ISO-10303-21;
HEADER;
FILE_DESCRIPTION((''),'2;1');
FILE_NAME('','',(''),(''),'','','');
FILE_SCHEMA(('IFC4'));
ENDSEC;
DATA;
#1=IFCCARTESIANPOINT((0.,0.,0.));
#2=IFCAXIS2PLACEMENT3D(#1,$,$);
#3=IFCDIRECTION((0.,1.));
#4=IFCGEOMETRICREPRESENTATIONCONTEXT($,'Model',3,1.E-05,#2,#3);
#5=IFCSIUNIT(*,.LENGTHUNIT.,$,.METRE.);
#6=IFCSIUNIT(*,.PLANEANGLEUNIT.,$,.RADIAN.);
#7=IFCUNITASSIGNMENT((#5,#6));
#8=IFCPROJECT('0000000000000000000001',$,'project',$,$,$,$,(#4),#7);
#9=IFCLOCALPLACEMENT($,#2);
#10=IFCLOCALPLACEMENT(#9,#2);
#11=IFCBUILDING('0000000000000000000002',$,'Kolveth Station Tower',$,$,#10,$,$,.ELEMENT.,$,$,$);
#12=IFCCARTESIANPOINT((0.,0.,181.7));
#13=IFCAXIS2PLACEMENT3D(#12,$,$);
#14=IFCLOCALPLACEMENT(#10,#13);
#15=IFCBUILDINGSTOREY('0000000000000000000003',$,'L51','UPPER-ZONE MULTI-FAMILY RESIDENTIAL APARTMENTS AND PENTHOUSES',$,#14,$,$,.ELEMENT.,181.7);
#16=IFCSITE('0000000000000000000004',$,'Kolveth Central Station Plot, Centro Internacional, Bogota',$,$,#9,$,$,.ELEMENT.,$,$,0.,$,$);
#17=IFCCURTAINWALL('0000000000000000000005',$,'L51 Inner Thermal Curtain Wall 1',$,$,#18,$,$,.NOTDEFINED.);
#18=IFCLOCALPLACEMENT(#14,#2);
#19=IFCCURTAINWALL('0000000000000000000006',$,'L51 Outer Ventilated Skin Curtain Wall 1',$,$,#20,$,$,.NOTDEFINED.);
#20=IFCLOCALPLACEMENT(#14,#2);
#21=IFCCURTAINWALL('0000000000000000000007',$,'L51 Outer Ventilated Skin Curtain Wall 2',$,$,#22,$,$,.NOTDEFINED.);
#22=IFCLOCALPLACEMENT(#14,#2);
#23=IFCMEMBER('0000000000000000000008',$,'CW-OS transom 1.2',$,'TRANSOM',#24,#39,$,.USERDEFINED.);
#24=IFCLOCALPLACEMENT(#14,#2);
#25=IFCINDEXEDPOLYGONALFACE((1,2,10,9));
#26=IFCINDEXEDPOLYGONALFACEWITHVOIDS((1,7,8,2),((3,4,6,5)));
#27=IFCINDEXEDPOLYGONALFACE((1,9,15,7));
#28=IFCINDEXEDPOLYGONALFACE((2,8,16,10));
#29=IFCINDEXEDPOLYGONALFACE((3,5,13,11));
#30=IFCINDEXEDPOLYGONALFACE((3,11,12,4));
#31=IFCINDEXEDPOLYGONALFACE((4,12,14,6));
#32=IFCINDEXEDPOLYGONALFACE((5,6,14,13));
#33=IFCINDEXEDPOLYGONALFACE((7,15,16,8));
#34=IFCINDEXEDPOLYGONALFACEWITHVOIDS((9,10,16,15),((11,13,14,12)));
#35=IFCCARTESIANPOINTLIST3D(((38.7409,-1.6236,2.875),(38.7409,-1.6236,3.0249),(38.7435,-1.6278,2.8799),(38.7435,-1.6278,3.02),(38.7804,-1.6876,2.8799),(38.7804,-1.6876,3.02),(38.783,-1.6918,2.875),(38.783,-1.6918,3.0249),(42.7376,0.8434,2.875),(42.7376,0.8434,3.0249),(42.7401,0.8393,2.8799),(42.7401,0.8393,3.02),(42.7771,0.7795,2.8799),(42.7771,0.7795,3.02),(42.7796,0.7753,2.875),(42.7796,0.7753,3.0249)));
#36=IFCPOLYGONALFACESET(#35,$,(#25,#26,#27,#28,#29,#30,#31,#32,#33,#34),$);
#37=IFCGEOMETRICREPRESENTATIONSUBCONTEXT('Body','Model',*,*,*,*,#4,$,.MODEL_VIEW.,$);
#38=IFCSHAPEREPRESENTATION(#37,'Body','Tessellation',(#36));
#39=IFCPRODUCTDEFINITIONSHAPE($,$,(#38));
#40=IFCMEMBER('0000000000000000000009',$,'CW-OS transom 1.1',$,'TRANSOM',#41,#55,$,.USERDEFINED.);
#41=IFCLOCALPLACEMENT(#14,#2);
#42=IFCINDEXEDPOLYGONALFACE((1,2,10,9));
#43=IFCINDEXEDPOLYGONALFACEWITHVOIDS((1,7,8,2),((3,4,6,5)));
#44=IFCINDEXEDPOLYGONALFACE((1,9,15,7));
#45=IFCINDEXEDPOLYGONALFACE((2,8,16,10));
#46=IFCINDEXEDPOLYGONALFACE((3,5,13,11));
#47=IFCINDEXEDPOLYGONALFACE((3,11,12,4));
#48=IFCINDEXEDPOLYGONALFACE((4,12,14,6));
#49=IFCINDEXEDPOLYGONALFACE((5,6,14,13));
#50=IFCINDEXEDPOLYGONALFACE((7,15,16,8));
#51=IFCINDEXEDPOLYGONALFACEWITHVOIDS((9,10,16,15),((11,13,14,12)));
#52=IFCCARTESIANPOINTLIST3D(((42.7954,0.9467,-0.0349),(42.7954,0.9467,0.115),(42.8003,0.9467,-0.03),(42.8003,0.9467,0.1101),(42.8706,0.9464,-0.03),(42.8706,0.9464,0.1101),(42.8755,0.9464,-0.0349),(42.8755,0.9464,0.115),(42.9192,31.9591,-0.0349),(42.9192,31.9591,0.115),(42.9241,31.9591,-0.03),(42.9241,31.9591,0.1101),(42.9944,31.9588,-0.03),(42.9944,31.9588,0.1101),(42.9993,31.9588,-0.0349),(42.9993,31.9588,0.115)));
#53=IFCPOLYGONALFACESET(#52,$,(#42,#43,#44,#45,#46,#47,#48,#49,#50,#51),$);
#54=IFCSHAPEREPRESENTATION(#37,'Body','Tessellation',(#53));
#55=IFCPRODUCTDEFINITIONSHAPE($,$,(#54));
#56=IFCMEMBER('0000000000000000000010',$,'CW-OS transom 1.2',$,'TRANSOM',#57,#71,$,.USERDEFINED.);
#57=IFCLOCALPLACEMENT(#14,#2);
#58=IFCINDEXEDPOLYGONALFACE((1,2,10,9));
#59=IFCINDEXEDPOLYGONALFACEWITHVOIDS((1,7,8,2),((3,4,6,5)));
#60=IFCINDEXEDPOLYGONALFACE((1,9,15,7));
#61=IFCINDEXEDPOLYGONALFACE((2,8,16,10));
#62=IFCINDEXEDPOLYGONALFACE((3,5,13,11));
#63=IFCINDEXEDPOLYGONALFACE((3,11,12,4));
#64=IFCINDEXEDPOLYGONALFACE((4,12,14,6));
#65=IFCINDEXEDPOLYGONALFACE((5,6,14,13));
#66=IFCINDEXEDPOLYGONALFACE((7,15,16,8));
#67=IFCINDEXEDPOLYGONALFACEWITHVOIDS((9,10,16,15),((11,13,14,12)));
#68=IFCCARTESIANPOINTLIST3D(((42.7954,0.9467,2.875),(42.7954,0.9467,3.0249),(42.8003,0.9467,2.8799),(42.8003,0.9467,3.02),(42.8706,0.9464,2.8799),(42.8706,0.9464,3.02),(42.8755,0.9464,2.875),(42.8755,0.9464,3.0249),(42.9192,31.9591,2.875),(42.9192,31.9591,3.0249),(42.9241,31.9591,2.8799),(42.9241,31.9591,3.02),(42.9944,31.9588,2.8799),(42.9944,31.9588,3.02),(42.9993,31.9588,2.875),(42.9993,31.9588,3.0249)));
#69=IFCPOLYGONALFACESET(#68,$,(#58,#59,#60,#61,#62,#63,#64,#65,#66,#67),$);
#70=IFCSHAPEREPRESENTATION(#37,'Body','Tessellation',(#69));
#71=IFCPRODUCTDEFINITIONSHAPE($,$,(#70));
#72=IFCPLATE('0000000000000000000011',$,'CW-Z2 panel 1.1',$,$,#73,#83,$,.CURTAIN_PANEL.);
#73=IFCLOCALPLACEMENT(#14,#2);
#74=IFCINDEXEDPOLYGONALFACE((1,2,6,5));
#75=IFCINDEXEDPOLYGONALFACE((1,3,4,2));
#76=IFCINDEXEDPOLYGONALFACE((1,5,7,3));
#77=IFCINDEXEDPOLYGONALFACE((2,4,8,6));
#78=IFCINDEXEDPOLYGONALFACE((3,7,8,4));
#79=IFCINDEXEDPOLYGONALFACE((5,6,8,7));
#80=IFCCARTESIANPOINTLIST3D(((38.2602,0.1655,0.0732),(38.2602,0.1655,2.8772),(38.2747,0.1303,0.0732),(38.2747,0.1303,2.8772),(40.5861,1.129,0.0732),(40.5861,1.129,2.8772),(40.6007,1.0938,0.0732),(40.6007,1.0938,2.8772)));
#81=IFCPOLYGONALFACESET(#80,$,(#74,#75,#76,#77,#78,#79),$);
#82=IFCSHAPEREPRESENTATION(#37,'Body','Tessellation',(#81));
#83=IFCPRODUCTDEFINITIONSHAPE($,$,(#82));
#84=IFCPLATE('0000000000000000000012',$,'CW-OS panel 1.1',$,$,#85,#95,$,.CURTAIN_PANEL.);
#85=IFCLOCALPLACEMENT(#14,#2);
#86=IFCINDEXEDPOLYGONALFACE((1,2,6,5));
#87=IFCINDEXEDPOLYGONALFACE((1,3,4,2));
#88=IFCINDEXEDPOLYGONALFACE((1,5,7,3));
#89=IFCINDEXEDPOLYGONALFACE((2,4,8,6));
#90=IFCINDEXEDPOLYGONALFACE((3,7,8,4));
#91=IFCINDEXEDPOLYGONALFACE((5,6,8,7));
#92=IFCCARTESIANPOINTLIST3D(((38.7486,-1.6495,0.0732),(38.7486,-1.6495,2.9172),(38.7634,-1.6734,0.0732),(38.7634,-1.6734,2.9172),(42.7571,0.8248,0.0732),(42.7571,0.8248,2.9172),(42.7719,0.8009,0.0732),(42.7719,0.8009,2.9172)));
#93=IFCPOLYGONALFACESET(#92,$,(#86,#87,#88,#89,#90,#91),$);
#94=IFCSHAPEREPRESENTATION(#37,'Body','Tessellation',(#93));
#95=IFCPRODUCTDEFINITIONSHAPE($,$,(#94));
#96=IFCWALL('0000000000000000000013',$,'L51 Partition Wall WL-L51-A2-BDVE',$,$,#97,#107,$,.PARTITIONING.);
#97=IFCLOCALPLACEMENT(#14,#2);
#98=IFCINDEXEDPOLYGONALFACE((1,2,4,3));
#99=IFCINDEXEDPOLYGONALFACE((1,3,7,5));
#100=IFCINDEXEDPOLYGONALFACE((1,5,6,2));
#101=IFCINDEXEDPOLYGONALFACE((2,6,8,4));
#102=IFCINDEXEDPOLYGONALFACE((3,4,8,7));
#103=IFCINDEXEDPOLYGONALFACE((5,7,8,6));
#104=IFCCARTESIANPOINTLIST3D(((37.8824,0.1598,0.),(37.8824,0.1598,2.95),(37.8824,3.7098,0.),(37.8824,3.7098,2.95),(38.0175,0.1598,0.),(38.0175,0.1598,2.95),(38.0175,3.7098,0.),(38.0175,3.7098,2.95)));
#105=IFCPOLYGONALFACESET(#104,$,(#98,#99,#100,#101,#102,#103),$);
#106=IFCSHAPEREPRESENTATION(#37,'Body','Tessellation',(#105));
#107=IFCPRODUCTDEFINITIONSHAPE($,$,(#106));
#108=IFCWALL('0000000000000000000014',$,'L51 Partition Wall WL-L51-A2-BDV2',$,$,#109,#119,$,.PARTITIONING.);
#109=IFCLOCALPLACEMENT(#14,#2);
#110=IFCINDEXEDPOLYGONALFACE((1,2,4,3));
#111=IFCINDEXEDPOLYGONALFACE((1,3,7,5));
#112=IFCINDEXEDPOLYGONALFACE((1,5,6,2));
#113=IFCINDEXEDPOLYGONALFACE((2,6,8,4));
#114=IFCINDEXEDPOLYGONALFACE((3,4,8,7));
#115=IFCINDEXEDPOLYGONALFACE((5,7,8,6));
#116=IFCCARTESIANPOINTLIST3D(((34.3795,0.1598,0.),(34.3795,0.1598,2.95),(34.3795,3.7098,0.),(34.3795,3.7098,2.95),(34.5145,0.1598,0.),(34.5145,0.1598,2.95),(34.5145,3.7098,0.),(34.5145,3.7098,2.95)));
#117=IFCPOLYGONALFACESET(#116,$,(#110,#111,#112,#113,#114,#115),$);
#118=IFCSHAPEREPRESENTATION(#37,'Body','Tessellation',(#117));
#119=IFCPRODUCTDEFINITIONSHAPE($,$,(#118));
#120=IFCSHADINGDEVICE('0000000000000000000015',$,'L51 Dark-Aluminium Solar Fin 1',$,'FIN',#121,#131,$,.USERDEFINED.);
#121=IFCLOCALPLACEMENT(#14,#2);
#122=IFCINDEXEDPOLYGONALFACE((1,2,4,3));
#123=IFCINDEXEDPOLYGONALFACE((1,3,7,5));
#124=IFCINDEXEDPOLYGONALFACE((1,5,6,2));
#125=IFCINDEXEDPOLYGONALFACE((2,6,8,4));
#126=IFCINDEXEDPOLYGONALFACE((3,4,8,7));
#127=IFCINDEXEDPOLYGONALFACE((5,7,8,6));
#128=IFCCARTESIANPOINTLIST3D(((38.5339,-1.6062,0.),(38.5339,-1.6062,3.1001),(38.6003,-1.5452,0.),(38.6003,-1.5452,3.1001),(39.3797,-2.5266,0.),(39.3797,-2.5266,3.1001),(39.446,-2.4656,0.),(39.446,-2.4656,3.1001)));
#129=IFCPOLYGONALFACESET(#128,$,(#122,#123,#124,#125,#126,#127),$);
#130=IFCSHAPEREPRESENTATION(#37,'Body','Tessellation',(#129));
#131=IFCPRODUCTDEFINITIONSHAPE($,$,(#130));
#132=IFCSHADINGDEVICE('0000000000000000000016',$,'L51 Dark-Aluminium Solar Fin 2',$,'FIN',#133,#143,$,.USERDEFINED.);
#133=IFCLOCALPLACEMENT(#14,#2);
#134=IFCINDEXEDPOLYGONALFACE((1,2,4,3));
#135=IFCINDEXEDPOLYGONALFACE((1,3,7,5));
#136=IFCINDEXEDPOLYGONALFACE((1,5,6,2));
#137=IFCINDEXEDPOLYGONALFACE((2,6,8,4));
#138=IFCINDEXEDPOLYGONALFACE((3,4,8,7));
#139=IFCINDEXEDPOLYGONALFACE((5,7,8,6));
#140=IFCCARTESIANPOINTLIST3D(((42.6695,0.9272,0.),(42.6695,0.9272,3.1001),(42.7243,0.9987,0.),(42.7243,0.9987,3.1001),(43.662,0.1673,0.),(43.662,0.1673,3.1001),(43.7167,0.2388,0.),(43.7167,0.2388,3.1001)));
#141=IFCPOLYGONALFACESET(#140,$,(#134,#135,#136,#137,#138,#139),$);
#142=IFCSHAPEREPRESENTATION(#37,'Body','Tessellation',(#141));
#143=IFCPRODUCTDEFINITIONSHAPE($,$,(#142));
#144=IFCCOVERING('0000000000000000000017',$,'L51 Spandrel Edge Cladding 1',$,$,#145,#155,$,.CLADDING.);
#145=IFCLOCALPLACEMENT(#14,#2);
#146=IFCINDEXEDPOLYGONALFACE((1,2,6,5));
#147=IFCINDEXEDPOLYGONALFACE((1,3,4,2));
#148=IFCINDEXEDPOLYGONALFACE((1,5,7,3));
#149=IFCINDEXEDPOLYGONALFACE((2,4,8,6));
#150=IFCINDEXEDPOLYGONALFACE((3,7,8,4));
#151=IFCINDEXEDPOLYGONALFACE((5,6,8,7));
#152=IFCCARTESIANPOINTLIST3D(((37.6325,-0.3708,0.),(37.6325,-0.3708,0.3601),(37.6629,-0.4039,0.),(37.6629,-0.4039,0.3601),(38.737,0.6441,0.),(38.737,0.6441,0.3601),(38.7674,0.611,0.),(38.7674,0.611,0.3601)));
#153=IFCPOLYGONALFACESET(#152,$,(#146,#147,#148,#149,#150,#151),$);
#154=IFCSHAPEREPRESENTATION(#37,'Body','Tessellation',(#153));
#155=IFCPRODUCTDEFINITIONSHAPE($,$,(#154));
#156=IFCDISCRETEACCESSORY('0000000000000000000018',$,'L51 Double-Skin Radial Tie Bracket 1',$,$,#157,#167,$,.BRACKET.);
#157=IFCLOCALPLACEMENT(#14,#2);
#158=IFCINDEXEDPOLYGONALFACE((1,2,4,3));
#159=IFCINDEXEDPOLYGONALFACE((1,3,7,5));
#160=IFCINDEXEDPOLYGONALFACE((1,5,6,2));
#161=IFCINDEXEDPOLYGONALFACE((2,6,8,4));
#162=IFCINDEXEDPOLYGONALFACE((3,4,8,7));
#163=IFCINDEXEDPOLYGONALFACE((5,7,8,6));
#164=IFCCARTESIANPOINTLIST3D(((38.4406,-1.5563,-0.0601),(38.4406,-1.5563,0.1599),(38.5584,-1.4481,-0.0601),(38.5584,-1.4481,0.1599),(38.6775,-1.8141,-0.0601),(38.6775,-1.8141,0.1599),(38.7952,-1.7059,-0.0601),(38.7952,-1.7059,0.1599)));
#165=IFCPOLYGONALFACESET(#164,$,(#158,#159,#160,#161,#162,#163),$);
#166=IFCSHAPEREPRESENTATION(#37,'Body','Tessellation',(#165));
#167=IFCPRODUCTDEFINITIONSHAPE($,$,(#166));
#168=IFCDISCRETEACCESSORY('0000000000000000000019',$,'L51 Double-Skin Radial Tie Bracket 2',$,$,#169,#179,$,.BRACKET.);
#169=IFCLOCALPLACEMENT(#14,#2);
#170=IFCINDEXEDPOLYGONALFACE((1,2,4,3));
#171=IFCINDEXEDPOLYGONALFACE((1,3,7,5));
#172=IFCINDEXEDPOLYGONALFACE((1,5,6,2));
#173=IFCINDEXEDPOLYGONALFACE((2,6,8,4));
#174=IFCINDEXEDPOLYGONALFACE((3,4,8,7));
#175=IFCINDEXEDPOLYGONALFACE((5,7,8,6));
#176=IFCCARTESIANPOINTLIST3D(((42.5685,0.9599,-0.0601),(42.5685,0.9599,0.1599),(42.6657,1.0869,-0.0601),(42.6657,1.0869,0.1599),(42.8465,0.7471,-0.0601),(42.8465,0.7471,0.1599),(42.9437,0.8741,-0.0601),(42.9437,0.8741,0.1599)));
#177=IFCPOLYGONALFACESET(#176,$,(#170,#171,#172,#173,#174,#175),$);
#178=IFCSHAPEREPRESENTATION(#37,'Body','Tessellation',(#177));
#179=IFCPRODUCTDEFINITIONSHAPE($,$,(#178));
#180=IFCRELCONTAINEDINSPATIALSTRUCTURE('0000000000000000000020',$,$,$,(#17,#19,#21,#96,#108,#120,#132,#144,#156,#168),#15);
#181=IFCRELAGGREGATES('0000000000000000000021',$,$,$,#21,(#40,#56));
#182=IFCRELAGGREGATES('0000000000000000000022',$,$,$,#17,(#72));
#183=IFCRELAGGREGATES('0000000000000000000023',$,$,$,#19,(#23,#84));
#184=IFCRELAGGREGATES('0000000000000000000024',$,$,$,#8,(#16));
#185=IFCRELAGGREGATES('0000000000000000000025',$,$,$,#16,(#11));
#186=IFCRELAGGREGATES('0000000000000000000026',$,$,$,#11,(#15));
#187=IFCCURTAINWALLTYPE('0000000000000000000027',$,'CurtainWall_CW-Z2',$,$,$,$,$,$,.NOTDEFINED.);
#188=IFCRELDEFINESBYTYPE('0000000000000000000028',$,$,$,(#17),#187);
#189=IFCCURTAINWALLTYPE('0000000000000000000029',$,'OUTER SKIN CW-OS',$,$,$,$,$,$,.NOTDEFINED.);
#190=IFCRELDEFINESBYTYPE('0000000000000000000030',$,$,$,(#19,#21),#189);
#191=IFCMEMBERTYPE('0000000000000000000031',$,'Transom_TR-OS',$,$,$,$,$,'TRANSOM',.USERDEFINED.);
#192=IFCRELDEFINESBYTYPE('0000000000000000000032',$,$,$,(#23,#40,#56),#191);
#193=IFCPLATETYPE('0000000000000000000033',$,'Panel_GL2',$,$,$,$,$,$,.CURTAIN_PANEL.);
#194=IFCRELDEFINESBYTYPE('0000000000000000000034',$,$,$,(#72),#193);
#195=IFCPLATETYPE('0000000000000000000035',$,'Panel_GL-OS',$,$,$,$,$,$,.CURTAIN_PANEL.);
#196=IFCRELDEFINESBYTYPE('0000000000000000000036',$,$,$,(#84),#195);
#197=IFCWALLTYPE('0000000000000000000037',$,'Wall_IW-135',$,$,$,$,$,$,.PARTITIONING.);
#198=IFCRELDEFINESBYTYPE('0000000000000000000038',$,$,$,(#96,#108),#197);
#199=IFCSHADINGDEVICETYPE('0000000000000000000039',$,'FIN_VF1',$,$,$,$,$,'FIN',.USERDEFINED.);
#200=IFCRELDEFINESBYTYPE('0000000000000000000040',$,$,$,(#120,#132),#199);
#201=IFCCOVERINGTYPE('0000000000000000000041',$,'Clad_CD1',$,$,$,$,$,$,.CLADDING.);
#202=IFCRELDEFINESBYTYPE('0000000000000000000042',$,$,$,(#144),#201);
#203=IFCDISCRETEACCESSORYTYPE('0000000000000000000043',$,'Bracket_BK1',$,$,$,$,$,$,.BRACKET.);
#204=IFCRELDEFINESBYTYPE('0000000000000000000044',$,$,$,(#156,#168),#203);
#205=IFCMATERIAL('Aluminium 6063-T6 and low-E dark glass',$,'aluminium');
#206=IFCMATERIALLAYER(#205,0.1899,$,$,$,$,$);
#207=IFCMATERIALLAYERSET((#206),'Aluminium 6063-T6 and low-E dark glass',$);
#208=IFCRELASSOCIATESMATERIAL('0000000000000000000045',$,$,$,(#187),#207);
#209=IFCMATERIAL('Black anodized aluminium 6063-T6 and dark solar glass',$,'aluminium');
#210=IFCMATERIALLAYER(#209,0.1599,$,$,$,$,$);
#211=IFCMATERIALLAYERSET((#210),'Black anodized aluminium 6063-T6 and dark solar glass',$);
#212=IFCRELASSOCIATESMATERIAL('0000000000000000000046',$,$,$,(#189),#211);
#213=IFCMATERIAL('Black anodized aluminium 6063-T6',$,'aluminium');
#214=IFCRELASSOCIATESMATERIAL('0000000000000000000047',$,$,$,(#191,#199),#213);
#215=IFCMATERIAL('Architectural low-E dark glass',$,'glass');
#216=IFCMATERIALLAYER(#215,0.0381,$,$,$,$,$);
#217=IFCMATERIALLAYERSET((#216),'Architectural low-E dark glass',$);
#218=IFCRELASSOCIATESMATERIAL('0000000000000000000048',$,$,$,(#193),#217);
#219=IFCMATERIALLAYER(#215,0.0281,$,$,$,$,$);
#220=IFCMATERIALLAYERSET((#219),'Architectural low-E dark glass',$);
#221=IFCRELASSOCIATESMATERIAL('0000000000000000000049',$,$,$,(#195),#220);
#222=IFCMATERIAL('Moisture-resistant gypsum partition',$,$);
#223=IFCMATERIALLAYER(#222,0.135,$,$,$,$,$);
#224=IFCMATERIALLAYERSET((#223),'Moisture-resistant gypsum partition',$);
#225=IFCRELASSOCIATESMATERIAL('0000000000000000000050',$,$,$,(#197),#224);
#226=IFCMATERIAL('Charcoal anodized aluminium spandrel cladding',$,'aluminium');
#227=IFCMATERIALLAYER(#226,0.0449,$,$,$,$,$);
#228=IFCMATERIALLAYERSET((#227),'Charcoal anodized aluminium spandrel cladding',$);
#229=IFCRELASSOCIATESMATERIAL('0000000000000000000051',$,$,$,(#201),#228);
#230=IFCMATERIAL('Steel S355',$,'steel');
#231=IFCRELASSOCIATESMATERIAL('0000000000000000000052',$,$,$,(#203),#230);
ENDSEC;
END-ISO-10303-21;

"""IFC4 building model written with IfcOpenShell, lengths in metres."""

from ifc_helpers import new_model, si_unit, direction, frame, frame_2d, origin, origin_2d, place, context, subcontext, project, spatial, rectangle, hollow_rectangle, extrude, source, transform, mapped, material, layer, layer_set, material_profile, profile_set, type_object, element, aggregate, save


model = new_model("IFC4")

# Units and contexts
model_context = context("Model", 3, precision=1e-05, world=origin(), true_north=direction((0.0, 1.0)))
body_context = subcontext(model_context, "Body", "Model", "MODEL_VIEW")
ifc_project = project(units=[si_unit("LENGTHUNIT", "METRE"), si_unit("PLANEANGLEUNIT", "RADIAN")], contexts=[model_context])

# Site, building, storey
site_placement = place(None, origin())
site = spatial("IfcSite", under=ifc_project, at=site_placement, Name="Kolveth Central Station Plot, Centro Internacional, Bogota", CompositionType="ELEMENT", RefElevation=0.0)
building_placement = place(site_placement, origin())
building = spatial("IfcBuilding", under=site, at=building_placement, Name="Kolveth Station Tower", CompositionType="ELEMENT")
storey_placement = place(building_placement, frame((0.0, 0.0, 181.7)))
storey = spatial("IfcBuildingStorey", under=building, at=storey_placement, Name="L51", Description="UPPER-ZONE MULTI-FAMILY RESIDENTIAL APARTMENTS AND PENTHOUSES", CompositionType="ELEMENT", Elevation=181.7)

# Curtain wall
ifc_material_1 = material(Name="Aluminium 6063-T6 and low-E dark glass", Category="aluminium")
ifc_layer_1 = layer(ifc_material_1, 0.1899)
ifc_layer_set_1 = layer_set([ifc_layer_1], Name="Aluminium 6063-T6 and low-E dark glass")
curtain_wall_type_1 = type_object("IfcCurtainWallType", Name="CurtainWall_CW-Z2", PredefinedType="NOTDEFINED", material=ifc_layer_set_1)
curtain_wall_1_placement = place(storey_placement, origin())
curtain_wall_1 = element("IfcCurtainWall", 1, at=curtain_wall_1_placement, inside=storey, type_object=curtain_wall_type_1, Name="L51 Inner Thermal Curtain Wall 1", PredefinedType="NOTDEFINED")
ifc_material_2 = material(Name="Black anodized aluminium 6063-T6", Category="aluminium")

# Curtain wall
ifc_material_3 = material(Name="Black anodized aluminium 6063-T6 and dark solar glass", Category="aluminium")
ifc_layer_2 = layer(ifc_material_3, 0.1599)
ifc_layer_set_2 = layer_set([ifc_layer_2], Name="Black anodized aluminium 6063-T6 and dark solar glass")
curtain_wall_type_2 = type_object("IfcCurtainWallType", Name="OUTER SKIN CW-OS", PredefinedType="NOTDEFINED", material=ifc_layer_set_2)
curtain_wall_2_placement = place(storey_placement, origin())
curtain_wall_2 = element("IfcCurtainWall", 2, at=curtain_wall_2_placement, inside=storey, type_object=curtain_wall_type_2, Name="L51 Outer Ventilated Skin Curtain Wall 1", PredefinedType="NOTDEFINED")

# Curtain wall
curtain_wall_3_placement = place(storey_placement, origin())
curtain_wall_3 = element("IfcCurtainWall", 3, at=curtain_wall_3_placement, inside=storey, type_object=curtain_wall_type_2, Name="L51 Outer Ventilated Skin Curtain Wall 2", PredefinedType="NOTDEFINED")

# Members
ifc_material_profile_1 = material_profile(ifc_material_2, hollow_rectangle(XDim=0.0801, YDim=0.1499, WallThickness=0.0049, at=origin_2d()), Name="ALU-80x150x5")
ifc_profile_set_1 = profile_set([ifc_material_profile_1], Name="Black anodized aluminium 6063-T6")
member_type_1 = type_object("IfcMemberType", Name="Transom_TR-OS", ElementType="TRANSOM", PredefinedType="USERDEFINED", material=ifc_profile_set_1)
shared_shape_1 = source(origin(), body_context, "Body", "SweptSolid", [
    extrude(hollow_rectangle(XDim=0.0801, YDim=0.1499, WallThickness=0.0049, at=origin_2d()), origin(), (0.0, 0.0, 1.0), 4.6968),
])
member_1_placement = place(storey_placement, frame((38.762, -1.6577, 2.95), z_axis=(0.850935, 0.525272, 0.0), x_axis=(-0.525272, 0.850935, 0.0)))
member_1 = element("IfcMember", 4, at=member_1_placement, type_object=member_type_1, Name="CW-OS transom 1.2", ObjectType="TRANSOM", PredefinedType="USERDEFINED", context=body_context, shape_type="MappedRepresentation", body=[
    mapped(shared_shape_1, transform((0.0, 0.0, 0.0), x_axis=(1.0, 0.0, 0.0), y_axis=(0.0, 1.0, 0.0), z_axis=(0.0, 0.0, 1.0), scale=1.0)),
])
shared_shape_2 = source(origin(), body_context, "Body", "SweptSolid", [
    extrude(hollow_rectangle(XDim=0.0801, YDim=0.1499, WallThickness=0.0049, at=origin_2d()), origin(), (0.0, 0.0, 1.0), 31.0127),
])
member_2_placement = place(storey_placement, frame((42.8354, 0.9465, 0.04), z_axis=(0.003991, 0.999992, 0.0), x_axis=(-0.999992, 0.003991, 0.0)))
member_2 = element("IfcMember", 5, at=member_2_placement, type_object=member_type_1, Name="CW-OS transom 1.1", ObjectType="TRANSOM", PredefinedType="USERDEFINED", context=body_context, shape_type="MappedRepresentation", body=[
    mapped(shared_shape_2, transform((0.0, 0.0, 0.0), x_axis=(1.0, 0.0, 0.0), y_axis=(0.0, 1.0, 0.0), z_axis=(0.0, 0.0, 1.0), scale=1.0)),
])
member_3_placement = place(storey_placement, frame((42.8354, 0.9465, 2.95), z_axis=(0.003991, 0.999992, 0.0), x_axis=(-0.999992, 0.003991, 0.0)))
member_3 = element("IfcMember", 6, at=member_3_placement, type_object=member_type_1, Name="CW-OS transom 1.2", ObjectType="TRANSOM", PredefinedType="USERDEFINED", context=body_context, shape_type="MappedRepresentation", body=[
    mapped(shared_shape_2, transform((0.0, 0.0, 0.0), x_axis=(1.0, 0.0, 0.0), y_axis=(0.0, 1.0, 0.0), z_axis=(0.0, 0.0, 1.0), scale=1.0)),
])
aggregate(curtain_wall_3, [member_2, member_3])

# Plates
ifc_material_4 = material(Name="Architectural low-E dark glass", Category="glass")
ifc_layer_3 = layer(ifc_material_4, 0.0381)
ifc_layer_set_3 = layer_set([ifc_layer_3], Name="Architectural low-E dark glass")
plate_type_1 = type_object("IfcPlateType", Name="Panel_GL2", PredefinedType="CURTAIN_PANEL", material=ifc_layer_set_3)
shared_shape_3 = source(origin(), body_context, "Body", "SweptSolid", [
    extrude(rectangle(XDim=2.5176, YDim=0.0381, at=origin_2d()), origin(), (0.0, 0.0, 1.0), 2.804),
])
plate_1_placement = place(storey_placement, frame((39.4304, 0.6296, 0.0732), z_axis=(0.0, 0.0, 1.0), x_axis=(0.923874, 0.382698, 0.0)))
plate_1 = element("IfcPlate", 7, at=plate_1_placement, type_object=plate_type_1, Name="CW-Z2 panel 1.1", PredefinedType="CURTAIN_PANEL", context=body_context, shape_type="MappedRepresentation", body=[
    mapped(shared_shape_3, transform((0.0, 0.0, 0.0), x_axis=(1.0, 0.0, 0.0), y_axis=(0.0, 1.0, 0.0), z_axis=(0.0, 0.0, 1.0), scale=1.0)),
])
aggregate(curtain_wall_1, [plate_1])
ifc_layer_4 = layer(ifc_material_4, 0.0281)
ifc_layer_set_4 = layer_set([ifc_layer_4], Name="Architectural low-E dark glass")
plate_type_2 = type_object("IfcPlateType", Name="Panel_GL-OS", PredefinedType="CURTAIN_PANEL", material=ifc_layer_set_4)
shared_shape_4 = source(origin(), body_context, "Body", "SweptSolid", [
    extrude(rectangle(XDim=4.7107, YDim=0.0281, at=origin_2d()), origin(), (0.0, 0.0, 1.0), 2.844),
])
plate_2_placement = place(storey_placement, frame((40.7603, -0.4243, 0.0732), z_axis=(0.0, 0.0, 1.0), x_axis=(0.850942, 0.525259, 0.0)))
plate_2 = element("IfcPlate", 8, at=plate_2_placement, type_object=plate_type_2, Name="CW-OS panel 1.1", PredefinedType="CURTAIN_PANEL", context=body_context, shape_type="MappedRepresentation", body=[
    mapped(shared_shape_4, transform((0.0, 0.0, 0.0), x_axis=(1.0, 0.0, 0.0), y_axis=(0.0, 1.0, 0.0), z_axis=(0.0, 0.0, 1.0), scale=1.0)),
])
aggregate(curtain_wall_2, [member_1, plate_2])

# Walls
ifc_material_5 = material(Name="Moisture-resistant gypsum partition")
ifc_layer_5 = layer(ifc_material_5, 0.135)
ifc_layer_set_5 = layer_set([ifc_layer_5], Name="Moisture-resistant gypsum partition")
wall_type = type_object("IfcWallType", Name="Wall_IW-135", PredefinedType="PARTITIONING", material=ifc_layer_set_5)
for number, where, z_axis, x_axis, name in (
    (9, (37.95, 0.1599, 0.0), (0.0, 0.0, 1.0), (0.0, 1.0, 0.0), "L51 Partition Wall WL-L51-A2-BDVE"),
    (10, (34.447, 0.1599, 0.0), (0.0, 0.0, 1.0), (0.0, 1.0, 0.0), "L51 Partition Wall WL-L51-A2-BDV2"),
):
    element("IfcWall", number, at=place(storey_placement, frame(where, z_axis=z_axis, x_axis=x_axis)), inside=storey, type_object=wall_type, Name=name, PredefinedType="PARTITIONING", context=body_context, shape_type="SweptSolid", body=[
        extrude(rectangle(XDim=3.55, YDim=0.135, at=frame_2d((1.7749, 0.0))), origin(), (0.0, 0.0, 1.0), 2.95),
    ])

# Shading devices
shading_device_type = type_object("IfcShadingDeviceType", Name="FIN_VF1", ElementType="FIN", PredefinedType="USERDEFINED", material=ifc_material_2)
shared_shape_5 = source(origin(), body_context, "Body", "SweptSolid", [
    extrude(rectangle(XDim=1.25, YDim=0.0901, at=origin_2d()), origin(), (0.0, 0.0, 1.0), 3.1001),
])
for number, where, z_axis, x_axis, name in (
    (11, (38.99, -2.0359, 0.0), (0.0, 0.0, 1.0), (0.676619, -0.736333, 0.0), "L51 Dark-Aluminium Solar Fin 1"),
    (12, (43.1931, 0.583, 0.0), (0.0, 0.0, 1.0), (0.79399, -0.60793, 0.0), "L51 Dark-Aluminium Solar Fin 2"),
):
    element("IfcShadingDevice", number, at=place(storey_placement, frame(where, z_axis=z_axis, x_axis=x_axis)), inside=storey, type_object=shading_device_type, Name=name, ObjectType="FIN", PredefinedType="USERDEFINED", context=body_context, shape_type="MappedRepresentation", body=[
        mapped(shared_shape_5, transform((0.0, 0.0, 0.0), x_axis=(1.0, 0.0, 0.0), y_axis=(0.0, 1.0, 0.0), z_axis=(0.0, 0.0, 1.0), scale=1.0)),
    ])

# Covering
ifc_material_6 = material(Name="Charcoal anodized aluminium spandrel cladding", Category="aluminium")
ifc_layer_6 = layer(ifc_material_6, 0.0449)
ifc_layer_set_6 = layer_set([ifc_layer_6], Name="Charcoal anodized aluminium spandrel cladding")
covering_type = type_object("IfcCoveringType", Name="Clad_CD1", PredefinedType="CLADDING", material=ifc_layer_set_6)
shared_shape_6 = source(origin(), body_context, "Body", "SweptSolid", [
    extrude(rectangle(XDim=1.5, YDim=0.0449, at=origin_2d()), origin(), (0.0, 0.0, 1.0), 0.3601),
])
covering_placement = place(storey_placement, frame((38.2, 0.1201, 0.0), z_axis=(0.0, 0.0, 1.0), x_axis=(0.736333, 0.676619, 0.0)))
element("IfcCovering", 13, at=covering_placement, inside=storey, type_object=covering_type, Name="L51 Spandrel Edge Cladding 1", PredefinedType="CLADDING", context=body_context, shape_type="MappedRepresentation", body=[
    mapped(shared_shape_6, transform((0.0, 0.0, 0.0), x_axis=(1.0, 0.0, 0.0), y_axis=(0.0, 1.0, 0.0), z_axis=(0.0, 0.0, 1.0), scale=1.0)),
])

# Discrete accessories
ifc_material_7 = material(Name="Steel S355", Category="steel")
discrete_accessory_type = type_object("IfcDiscreteAccessoryType", Name="Bracket_BK1", PredefinedType="BRACKET", material=ifc_material_7)
shared_shape_7 = source(origin(), body_context, "Body", "SweptSolid", [
    extrude(rectangle(XDim=0.3501, YDim=0.1599, at=origin_2d()), origin(), (0.0, 0.0, 1.0), 0.22),
])
for number, where, z_axis, x_axis, name in (
    (14, (38.6179, -1.6311, -0.0601), (0.0, 0.0, 1.0), (0.676619, -0.736333, 0.0), "L51 Double-Skin Radial Tie Bracket 1"),
    (15, (42.7561, 0.917, -0.0601), (0.0, 0.0, 1.0), (0.79399, -0.60793, 0.0), "L51 Double-Skin Radial Tie Bracket 2"),
):
    element("IfcDiscreteAccessory", number, at=place(storey_placement, frame(where, z_axis=z_axis, x_axis=x_axis)), inside=storey, type_object=discrete_accessory_type, Name=name, PredefinedType="BRACKET", context=body_context, shape_type="MappedRepresentation", body=[
        mapped(shared_shape_7, transform((0.0, 0.0, 0.0), x_axis=(1.0, 0.0, 0.0), y_axis=(0.0, 1.0, 0.0), z_axis=(0.0, 0.0, 1.0), scale=1.0)),
    ])

save(model, "model.ifc")
